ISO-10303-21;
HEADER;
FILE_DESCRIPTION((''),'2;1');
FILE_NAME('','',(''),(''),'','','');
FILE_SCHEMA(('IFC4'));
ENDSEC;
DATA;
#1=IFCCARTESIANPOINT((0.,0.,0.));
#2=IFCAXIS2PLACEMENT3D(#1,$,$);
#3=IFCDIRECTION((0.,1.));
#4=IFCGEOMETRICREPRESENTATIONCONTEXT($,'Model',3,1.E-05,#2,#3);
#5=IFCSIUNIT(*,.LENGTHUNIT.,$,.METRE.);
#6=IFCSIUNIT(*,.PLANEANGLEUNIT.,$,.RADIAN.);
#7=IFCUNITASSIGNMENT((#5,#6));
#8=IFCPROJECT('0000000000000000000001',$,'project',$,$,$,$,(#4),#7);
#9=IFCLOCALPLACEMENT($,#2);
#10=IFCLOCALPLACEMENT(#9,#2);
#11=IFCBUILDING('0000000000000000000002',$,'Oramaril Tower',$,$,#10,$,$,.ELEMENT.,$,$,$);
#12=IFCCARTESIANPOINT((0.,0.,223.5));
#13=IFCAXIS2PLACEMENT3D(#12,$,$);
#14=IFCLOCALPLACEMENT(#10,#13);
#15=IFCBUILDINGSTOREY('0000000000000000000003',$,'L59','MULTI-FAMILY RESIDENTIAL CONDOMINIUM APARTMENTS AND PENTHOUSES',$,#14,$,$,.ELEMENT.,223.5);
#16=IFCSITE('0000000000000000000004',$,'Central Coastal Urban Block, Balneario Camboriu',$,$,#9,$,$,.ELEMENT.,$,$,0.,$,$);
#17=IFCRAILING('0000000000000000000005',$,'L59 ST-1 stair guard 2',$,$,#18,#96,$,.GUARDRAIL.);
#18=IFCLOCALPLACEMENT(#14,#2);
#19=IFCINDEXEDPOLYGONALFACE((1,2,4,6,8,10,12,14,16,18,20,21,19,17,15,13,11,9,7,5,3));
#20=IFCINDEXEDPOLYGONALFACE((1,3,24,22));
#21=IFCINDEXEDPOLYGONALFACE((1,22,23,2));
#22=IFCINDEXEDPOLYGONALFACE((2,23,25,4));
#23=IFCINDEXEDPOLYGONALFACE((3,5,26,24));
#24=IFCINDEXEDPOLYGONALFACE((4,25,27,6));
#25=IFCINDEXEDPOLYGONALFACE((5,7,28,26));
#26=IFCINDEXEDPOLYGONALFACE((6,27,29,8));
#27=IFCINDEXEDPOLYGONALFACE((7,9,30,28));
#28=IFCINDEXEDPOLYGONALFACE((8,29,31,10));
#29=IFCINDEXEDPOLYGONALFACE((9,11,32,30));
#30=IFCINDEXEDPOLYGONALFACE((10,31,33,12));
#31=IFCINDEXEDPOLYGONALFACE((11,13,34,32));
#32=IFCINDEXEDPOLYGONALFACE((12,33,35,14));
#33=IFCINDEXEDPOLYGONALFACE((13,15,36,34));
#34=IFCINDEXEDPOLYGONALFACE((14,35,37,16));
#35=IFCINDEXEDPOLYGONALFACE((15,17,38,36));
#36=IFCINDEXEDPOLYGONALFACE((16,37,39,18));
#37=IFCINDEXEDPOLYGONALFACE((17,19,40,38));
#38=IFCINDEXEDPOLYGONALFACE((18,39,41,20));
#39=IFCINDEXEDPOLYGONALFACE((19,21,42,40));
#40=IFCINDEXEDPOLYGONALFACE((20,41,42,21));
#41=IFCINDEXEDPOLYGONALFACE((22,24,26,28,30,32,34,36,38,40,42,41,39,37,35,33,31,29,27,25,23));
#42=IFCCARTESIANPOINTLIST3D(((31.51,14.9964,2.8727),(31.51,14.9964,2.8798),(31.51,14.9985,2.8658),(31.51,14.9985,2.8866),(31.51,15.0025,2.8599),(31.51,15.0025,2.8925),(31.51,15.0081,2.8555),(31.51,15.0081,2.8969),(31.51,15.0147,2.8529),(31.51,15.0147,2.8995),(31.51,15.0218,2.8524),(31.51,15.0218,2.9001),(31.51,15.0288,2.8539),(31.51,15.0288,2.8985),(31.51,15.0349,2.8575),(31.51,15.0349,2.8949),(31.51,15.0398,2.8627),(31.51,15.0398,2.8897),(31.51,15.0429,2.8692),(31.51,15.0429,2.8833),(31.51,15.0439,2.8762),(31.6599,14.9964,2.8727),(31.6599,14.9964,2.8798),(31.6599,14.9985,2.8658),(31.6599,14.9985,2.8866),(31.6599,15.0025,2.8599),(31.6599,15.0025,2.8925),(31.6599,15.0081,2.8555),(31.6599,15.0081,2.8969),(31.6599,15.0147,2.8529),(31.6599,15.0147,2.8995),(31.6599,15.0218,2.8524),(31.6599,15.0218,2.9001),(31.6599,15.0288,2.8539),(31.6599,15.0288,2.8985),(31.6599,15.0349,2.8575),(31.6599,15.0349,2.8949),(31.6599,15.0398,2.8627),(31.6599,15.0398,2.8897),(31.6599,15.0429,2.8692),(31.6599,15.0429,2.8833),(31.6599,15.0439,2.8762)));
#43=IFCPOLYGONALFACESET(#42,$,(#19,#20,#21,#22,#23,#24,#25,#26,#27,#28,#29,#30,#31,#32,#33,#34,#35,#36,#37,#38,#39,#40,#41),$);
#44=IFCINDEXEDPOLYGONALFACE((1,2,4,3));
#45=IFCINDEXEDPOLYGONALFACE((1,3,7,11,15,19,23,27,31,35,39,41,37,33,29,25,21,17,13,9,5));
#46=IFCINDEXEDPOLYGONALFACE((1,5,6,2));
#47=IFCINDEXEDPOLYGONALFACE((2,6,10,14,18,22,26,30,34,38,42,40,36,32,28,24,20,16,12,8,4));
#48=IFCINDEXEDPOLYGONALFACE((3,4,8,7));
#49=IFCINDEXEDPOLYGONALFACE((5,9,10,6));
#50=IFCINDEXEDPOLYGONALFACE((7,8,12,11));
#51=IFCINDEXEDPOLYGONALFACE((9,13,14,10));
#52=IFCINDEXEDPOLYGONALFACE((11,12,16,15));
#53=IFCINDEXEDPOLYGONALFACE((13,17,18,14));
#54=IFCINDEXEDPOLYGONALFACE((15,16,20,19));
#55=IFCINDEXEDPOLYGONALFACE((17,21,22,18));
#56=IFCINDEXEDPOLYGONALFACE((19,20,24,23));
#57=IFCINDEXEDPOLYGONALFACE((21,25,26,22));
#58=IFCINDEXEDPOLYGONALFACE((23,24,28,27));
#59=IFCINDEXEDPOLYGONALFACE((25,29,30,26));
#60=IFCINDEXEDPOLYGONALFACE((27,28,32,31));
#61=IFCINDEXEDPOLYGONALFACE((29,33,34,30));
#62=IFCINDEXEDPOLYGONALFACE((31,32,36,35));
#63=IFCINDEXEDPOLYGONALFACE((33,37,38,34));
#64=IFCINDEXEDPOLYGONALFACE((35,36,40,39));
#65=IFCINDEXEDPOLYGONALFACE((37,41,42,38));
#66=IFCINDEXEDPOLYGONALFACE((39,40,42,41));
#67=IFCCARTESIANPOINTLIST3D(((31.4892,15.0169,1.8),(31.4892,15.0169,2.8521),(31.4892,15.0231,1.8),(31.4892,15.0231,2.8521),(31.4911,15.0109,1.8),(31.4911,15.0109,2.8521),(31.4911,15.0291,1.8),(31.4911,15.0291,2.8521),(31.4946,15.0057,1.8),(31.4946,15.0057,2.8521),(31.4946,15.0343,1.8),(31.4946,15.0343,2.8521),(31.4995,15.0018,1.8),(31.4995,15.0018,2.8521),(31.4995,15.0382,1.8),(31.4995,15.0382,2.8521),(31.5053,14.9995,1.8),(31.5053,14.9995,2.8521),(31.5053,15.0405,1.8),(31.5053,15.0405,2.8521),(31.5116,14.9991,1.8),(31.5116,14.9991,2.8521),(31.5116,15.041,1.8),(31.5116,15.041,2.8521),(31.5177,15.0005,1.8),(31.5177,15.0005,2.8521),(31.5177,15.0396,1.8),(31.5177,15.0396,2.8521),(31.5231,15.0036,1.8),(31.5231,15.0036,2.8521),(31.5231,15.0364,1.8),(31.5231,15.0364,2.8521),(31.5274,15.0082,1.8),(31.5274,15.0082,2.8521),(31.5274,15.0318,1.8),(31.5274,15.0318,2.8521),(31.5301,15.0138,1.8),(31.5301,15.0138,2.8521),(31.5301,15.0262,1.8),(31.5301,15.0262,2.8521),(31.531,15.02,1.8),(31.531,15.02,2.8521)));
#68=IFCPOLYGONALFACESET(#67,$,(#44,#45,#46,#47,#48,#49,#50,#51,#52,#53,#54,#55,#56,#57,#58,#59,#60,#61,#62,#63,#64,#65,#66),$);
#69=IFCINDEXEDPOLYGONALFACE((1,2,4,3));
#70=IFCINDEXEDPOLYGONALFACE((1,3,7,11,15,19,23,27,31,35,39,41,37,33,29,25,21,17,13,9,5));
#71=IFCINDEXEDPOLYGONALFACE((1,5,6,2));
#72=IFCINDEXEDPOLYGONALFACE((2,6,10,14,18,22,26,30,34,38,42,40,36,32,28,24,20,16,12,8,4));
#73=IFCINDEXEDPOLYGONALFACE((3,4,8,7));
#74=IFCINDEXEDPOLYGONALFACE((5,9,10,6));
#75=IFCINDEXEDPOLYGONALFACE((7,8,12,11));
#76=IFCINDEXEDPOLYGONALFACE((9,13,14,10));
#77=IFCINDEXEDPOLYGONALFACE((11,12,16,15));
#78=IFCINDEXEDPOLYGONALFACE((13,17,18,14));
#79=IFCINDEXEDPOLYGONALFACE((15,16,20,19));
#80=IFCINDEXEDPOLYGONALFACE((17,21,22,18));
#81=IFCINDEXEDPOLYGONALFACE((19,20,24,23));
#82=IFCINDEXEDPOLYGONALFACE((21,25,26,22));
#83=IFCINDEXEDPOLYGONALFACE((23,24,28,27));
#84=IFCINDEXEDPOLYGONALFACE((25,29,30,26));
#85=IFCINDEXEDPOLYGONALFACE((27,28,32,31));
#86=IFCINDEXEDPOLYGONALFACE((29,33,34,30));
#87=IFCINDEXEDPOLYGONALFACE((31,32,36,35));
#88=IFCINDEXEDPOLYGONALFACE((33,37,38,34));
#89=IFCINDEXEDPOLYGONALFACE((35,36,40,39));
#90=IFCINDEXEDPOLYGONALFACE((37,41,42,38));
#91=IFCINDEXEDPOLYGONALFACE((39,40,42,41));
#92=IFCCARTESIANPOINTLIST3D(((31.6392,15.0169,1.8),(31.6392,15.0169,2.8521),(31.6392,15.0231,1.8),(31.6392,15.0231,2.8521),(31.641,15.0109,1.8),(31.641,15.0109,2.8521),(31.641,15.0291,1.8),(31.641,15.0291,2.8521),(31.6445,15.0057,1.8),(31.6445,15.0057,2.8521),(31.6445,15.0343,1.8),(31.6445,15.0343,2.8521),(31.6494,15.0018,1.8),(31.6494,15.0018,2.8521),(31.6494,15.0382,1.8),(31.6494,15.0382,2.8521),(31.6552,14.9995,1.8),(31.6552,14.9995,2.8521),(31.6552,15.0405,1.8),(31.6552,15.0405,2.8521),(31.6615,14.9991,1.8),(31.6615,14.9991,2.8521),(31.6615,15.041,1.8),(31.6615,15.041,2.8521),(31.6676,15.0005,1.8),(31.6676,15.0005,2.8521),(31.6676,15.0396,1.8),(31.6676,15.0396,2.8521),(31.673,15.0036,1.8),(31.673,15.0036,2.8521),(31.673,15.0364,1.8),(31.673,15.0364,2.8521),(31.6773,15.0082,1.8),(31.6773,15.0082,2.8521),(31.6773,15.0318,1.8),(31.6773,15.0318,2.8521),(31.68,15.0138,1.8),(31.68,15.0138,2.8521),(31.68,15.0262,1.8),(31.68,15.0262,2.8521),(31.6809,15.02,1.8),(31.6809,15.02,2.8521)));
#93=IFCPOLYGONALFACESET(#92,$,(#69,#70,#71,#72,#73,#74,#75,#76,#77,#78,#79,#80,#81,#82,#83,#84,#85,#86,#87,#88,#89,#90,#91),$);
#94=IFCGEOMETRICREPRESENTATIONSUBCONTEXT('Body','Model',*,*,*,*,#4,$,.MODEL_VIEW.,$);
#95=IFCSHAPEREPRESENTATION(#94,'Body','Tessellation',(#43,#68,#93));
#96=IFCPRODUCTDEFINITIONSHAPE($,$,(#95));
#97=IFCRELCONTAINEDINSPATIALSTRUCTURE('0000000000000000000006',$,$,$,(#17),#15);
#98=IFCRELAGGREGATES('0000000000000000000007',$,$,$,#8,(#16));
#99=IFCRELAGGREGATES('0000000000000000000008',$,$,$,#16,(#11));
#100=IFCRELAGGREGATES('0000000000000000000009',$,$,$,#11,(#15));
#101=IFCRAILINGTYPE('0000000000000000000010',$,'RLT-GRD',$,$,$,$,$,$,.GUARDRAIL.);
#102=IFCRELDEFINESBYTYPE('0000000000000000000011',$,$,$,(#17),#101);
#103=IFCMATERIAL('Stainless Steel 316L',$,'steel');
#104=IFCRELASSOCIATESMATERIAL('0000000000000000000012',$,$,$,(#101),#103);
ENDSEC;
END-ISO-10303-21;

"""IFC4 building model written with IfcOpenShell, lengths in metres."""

from ifc_helpers import new_model, si_unit, direction, frame, origin, origin_2d, place, context, subcontext, project, spatial, circle, extrude, material, type_object, element, save


model = new_model("IFC4")

# Units and contexts
model_context = context("Model", 3, precision=1e-05, world=origin(), true_north=direction((0.0, 1.0)))
body_context = subcontext(model_context, "Body", "Model", "MODEL_VIEW")
ifc_project = project(units=[si_unit("LENGTHUNIT", "METRE"), si_unit("PLANEANGLEUNIT", "RADIAN")], contexts=[model_context])

# Site, building, storey
site_placement = place(None, origin())
site = spatial("IfcSite", under=ifc_project, at=site_placement, Name="Central Coastal Urban Block, Balneario Camboriu", CompositionType="ELEMENT", RefElevation=0.0)
building_placement = place(site_placement, origin())
building = spatial("IfcBuilding", under=site, at=building_placement, Name="Oramaril Tower", CompositionType="ELEMENT")
storey_placement = place(building_placement, frame((0.0, 0.0, 223.5)))
storey = spatial("IfcBuildingStorey", under=building, at=storey_placement, Name="L59", Description="MULTI-FAMILY RESIDENTIAL CONDOMINIUM APARTMENTS AND PENTHOUSES", CompositionType="ELEMENT", Elevation=223.5)

# Railing
ifc_material_1 = material(Name="Stainless Steel 316L", Category="steel")
railing_type_1 = type_object("IfcRailingType", Name="RLT-GRD", PredefinedType="GUARDRAIL", material=ifc_material_1)
railing_1_placement = place(storey_placement, frame((31.51, 15.02, 1.8)))
element("IfcRailing", 1, at=railing_1_placement, inside=storey, type_object=railing_type_1, Name="L59 ST-1 stair guard 2", PredefinedType="GUARDRAIL", context=body_context, shape_type="SweptSolid", body=[
    extrude(circle(Radius=0.0239, at=origin_2d()), frame((0.0, 0.0, 1.0762), z_axis=(1.0, 0.0, 0.0), x_axis=(0.0, 1.0, 0.0)), (0.0, 0.0, 1.0), 0.1499),
    extrude(circle(Radius=0.021, at=origin_2d()), origin(), (0.0, 0.0, 1.0), 1.052),
    extrude(circle(Radius=0.021, at=origin_2d()), frame((0.1499, 0.0, 0.0)), (0.0, 0.0, 1.0), 1.052),
])

save(model, "model.ifc")
